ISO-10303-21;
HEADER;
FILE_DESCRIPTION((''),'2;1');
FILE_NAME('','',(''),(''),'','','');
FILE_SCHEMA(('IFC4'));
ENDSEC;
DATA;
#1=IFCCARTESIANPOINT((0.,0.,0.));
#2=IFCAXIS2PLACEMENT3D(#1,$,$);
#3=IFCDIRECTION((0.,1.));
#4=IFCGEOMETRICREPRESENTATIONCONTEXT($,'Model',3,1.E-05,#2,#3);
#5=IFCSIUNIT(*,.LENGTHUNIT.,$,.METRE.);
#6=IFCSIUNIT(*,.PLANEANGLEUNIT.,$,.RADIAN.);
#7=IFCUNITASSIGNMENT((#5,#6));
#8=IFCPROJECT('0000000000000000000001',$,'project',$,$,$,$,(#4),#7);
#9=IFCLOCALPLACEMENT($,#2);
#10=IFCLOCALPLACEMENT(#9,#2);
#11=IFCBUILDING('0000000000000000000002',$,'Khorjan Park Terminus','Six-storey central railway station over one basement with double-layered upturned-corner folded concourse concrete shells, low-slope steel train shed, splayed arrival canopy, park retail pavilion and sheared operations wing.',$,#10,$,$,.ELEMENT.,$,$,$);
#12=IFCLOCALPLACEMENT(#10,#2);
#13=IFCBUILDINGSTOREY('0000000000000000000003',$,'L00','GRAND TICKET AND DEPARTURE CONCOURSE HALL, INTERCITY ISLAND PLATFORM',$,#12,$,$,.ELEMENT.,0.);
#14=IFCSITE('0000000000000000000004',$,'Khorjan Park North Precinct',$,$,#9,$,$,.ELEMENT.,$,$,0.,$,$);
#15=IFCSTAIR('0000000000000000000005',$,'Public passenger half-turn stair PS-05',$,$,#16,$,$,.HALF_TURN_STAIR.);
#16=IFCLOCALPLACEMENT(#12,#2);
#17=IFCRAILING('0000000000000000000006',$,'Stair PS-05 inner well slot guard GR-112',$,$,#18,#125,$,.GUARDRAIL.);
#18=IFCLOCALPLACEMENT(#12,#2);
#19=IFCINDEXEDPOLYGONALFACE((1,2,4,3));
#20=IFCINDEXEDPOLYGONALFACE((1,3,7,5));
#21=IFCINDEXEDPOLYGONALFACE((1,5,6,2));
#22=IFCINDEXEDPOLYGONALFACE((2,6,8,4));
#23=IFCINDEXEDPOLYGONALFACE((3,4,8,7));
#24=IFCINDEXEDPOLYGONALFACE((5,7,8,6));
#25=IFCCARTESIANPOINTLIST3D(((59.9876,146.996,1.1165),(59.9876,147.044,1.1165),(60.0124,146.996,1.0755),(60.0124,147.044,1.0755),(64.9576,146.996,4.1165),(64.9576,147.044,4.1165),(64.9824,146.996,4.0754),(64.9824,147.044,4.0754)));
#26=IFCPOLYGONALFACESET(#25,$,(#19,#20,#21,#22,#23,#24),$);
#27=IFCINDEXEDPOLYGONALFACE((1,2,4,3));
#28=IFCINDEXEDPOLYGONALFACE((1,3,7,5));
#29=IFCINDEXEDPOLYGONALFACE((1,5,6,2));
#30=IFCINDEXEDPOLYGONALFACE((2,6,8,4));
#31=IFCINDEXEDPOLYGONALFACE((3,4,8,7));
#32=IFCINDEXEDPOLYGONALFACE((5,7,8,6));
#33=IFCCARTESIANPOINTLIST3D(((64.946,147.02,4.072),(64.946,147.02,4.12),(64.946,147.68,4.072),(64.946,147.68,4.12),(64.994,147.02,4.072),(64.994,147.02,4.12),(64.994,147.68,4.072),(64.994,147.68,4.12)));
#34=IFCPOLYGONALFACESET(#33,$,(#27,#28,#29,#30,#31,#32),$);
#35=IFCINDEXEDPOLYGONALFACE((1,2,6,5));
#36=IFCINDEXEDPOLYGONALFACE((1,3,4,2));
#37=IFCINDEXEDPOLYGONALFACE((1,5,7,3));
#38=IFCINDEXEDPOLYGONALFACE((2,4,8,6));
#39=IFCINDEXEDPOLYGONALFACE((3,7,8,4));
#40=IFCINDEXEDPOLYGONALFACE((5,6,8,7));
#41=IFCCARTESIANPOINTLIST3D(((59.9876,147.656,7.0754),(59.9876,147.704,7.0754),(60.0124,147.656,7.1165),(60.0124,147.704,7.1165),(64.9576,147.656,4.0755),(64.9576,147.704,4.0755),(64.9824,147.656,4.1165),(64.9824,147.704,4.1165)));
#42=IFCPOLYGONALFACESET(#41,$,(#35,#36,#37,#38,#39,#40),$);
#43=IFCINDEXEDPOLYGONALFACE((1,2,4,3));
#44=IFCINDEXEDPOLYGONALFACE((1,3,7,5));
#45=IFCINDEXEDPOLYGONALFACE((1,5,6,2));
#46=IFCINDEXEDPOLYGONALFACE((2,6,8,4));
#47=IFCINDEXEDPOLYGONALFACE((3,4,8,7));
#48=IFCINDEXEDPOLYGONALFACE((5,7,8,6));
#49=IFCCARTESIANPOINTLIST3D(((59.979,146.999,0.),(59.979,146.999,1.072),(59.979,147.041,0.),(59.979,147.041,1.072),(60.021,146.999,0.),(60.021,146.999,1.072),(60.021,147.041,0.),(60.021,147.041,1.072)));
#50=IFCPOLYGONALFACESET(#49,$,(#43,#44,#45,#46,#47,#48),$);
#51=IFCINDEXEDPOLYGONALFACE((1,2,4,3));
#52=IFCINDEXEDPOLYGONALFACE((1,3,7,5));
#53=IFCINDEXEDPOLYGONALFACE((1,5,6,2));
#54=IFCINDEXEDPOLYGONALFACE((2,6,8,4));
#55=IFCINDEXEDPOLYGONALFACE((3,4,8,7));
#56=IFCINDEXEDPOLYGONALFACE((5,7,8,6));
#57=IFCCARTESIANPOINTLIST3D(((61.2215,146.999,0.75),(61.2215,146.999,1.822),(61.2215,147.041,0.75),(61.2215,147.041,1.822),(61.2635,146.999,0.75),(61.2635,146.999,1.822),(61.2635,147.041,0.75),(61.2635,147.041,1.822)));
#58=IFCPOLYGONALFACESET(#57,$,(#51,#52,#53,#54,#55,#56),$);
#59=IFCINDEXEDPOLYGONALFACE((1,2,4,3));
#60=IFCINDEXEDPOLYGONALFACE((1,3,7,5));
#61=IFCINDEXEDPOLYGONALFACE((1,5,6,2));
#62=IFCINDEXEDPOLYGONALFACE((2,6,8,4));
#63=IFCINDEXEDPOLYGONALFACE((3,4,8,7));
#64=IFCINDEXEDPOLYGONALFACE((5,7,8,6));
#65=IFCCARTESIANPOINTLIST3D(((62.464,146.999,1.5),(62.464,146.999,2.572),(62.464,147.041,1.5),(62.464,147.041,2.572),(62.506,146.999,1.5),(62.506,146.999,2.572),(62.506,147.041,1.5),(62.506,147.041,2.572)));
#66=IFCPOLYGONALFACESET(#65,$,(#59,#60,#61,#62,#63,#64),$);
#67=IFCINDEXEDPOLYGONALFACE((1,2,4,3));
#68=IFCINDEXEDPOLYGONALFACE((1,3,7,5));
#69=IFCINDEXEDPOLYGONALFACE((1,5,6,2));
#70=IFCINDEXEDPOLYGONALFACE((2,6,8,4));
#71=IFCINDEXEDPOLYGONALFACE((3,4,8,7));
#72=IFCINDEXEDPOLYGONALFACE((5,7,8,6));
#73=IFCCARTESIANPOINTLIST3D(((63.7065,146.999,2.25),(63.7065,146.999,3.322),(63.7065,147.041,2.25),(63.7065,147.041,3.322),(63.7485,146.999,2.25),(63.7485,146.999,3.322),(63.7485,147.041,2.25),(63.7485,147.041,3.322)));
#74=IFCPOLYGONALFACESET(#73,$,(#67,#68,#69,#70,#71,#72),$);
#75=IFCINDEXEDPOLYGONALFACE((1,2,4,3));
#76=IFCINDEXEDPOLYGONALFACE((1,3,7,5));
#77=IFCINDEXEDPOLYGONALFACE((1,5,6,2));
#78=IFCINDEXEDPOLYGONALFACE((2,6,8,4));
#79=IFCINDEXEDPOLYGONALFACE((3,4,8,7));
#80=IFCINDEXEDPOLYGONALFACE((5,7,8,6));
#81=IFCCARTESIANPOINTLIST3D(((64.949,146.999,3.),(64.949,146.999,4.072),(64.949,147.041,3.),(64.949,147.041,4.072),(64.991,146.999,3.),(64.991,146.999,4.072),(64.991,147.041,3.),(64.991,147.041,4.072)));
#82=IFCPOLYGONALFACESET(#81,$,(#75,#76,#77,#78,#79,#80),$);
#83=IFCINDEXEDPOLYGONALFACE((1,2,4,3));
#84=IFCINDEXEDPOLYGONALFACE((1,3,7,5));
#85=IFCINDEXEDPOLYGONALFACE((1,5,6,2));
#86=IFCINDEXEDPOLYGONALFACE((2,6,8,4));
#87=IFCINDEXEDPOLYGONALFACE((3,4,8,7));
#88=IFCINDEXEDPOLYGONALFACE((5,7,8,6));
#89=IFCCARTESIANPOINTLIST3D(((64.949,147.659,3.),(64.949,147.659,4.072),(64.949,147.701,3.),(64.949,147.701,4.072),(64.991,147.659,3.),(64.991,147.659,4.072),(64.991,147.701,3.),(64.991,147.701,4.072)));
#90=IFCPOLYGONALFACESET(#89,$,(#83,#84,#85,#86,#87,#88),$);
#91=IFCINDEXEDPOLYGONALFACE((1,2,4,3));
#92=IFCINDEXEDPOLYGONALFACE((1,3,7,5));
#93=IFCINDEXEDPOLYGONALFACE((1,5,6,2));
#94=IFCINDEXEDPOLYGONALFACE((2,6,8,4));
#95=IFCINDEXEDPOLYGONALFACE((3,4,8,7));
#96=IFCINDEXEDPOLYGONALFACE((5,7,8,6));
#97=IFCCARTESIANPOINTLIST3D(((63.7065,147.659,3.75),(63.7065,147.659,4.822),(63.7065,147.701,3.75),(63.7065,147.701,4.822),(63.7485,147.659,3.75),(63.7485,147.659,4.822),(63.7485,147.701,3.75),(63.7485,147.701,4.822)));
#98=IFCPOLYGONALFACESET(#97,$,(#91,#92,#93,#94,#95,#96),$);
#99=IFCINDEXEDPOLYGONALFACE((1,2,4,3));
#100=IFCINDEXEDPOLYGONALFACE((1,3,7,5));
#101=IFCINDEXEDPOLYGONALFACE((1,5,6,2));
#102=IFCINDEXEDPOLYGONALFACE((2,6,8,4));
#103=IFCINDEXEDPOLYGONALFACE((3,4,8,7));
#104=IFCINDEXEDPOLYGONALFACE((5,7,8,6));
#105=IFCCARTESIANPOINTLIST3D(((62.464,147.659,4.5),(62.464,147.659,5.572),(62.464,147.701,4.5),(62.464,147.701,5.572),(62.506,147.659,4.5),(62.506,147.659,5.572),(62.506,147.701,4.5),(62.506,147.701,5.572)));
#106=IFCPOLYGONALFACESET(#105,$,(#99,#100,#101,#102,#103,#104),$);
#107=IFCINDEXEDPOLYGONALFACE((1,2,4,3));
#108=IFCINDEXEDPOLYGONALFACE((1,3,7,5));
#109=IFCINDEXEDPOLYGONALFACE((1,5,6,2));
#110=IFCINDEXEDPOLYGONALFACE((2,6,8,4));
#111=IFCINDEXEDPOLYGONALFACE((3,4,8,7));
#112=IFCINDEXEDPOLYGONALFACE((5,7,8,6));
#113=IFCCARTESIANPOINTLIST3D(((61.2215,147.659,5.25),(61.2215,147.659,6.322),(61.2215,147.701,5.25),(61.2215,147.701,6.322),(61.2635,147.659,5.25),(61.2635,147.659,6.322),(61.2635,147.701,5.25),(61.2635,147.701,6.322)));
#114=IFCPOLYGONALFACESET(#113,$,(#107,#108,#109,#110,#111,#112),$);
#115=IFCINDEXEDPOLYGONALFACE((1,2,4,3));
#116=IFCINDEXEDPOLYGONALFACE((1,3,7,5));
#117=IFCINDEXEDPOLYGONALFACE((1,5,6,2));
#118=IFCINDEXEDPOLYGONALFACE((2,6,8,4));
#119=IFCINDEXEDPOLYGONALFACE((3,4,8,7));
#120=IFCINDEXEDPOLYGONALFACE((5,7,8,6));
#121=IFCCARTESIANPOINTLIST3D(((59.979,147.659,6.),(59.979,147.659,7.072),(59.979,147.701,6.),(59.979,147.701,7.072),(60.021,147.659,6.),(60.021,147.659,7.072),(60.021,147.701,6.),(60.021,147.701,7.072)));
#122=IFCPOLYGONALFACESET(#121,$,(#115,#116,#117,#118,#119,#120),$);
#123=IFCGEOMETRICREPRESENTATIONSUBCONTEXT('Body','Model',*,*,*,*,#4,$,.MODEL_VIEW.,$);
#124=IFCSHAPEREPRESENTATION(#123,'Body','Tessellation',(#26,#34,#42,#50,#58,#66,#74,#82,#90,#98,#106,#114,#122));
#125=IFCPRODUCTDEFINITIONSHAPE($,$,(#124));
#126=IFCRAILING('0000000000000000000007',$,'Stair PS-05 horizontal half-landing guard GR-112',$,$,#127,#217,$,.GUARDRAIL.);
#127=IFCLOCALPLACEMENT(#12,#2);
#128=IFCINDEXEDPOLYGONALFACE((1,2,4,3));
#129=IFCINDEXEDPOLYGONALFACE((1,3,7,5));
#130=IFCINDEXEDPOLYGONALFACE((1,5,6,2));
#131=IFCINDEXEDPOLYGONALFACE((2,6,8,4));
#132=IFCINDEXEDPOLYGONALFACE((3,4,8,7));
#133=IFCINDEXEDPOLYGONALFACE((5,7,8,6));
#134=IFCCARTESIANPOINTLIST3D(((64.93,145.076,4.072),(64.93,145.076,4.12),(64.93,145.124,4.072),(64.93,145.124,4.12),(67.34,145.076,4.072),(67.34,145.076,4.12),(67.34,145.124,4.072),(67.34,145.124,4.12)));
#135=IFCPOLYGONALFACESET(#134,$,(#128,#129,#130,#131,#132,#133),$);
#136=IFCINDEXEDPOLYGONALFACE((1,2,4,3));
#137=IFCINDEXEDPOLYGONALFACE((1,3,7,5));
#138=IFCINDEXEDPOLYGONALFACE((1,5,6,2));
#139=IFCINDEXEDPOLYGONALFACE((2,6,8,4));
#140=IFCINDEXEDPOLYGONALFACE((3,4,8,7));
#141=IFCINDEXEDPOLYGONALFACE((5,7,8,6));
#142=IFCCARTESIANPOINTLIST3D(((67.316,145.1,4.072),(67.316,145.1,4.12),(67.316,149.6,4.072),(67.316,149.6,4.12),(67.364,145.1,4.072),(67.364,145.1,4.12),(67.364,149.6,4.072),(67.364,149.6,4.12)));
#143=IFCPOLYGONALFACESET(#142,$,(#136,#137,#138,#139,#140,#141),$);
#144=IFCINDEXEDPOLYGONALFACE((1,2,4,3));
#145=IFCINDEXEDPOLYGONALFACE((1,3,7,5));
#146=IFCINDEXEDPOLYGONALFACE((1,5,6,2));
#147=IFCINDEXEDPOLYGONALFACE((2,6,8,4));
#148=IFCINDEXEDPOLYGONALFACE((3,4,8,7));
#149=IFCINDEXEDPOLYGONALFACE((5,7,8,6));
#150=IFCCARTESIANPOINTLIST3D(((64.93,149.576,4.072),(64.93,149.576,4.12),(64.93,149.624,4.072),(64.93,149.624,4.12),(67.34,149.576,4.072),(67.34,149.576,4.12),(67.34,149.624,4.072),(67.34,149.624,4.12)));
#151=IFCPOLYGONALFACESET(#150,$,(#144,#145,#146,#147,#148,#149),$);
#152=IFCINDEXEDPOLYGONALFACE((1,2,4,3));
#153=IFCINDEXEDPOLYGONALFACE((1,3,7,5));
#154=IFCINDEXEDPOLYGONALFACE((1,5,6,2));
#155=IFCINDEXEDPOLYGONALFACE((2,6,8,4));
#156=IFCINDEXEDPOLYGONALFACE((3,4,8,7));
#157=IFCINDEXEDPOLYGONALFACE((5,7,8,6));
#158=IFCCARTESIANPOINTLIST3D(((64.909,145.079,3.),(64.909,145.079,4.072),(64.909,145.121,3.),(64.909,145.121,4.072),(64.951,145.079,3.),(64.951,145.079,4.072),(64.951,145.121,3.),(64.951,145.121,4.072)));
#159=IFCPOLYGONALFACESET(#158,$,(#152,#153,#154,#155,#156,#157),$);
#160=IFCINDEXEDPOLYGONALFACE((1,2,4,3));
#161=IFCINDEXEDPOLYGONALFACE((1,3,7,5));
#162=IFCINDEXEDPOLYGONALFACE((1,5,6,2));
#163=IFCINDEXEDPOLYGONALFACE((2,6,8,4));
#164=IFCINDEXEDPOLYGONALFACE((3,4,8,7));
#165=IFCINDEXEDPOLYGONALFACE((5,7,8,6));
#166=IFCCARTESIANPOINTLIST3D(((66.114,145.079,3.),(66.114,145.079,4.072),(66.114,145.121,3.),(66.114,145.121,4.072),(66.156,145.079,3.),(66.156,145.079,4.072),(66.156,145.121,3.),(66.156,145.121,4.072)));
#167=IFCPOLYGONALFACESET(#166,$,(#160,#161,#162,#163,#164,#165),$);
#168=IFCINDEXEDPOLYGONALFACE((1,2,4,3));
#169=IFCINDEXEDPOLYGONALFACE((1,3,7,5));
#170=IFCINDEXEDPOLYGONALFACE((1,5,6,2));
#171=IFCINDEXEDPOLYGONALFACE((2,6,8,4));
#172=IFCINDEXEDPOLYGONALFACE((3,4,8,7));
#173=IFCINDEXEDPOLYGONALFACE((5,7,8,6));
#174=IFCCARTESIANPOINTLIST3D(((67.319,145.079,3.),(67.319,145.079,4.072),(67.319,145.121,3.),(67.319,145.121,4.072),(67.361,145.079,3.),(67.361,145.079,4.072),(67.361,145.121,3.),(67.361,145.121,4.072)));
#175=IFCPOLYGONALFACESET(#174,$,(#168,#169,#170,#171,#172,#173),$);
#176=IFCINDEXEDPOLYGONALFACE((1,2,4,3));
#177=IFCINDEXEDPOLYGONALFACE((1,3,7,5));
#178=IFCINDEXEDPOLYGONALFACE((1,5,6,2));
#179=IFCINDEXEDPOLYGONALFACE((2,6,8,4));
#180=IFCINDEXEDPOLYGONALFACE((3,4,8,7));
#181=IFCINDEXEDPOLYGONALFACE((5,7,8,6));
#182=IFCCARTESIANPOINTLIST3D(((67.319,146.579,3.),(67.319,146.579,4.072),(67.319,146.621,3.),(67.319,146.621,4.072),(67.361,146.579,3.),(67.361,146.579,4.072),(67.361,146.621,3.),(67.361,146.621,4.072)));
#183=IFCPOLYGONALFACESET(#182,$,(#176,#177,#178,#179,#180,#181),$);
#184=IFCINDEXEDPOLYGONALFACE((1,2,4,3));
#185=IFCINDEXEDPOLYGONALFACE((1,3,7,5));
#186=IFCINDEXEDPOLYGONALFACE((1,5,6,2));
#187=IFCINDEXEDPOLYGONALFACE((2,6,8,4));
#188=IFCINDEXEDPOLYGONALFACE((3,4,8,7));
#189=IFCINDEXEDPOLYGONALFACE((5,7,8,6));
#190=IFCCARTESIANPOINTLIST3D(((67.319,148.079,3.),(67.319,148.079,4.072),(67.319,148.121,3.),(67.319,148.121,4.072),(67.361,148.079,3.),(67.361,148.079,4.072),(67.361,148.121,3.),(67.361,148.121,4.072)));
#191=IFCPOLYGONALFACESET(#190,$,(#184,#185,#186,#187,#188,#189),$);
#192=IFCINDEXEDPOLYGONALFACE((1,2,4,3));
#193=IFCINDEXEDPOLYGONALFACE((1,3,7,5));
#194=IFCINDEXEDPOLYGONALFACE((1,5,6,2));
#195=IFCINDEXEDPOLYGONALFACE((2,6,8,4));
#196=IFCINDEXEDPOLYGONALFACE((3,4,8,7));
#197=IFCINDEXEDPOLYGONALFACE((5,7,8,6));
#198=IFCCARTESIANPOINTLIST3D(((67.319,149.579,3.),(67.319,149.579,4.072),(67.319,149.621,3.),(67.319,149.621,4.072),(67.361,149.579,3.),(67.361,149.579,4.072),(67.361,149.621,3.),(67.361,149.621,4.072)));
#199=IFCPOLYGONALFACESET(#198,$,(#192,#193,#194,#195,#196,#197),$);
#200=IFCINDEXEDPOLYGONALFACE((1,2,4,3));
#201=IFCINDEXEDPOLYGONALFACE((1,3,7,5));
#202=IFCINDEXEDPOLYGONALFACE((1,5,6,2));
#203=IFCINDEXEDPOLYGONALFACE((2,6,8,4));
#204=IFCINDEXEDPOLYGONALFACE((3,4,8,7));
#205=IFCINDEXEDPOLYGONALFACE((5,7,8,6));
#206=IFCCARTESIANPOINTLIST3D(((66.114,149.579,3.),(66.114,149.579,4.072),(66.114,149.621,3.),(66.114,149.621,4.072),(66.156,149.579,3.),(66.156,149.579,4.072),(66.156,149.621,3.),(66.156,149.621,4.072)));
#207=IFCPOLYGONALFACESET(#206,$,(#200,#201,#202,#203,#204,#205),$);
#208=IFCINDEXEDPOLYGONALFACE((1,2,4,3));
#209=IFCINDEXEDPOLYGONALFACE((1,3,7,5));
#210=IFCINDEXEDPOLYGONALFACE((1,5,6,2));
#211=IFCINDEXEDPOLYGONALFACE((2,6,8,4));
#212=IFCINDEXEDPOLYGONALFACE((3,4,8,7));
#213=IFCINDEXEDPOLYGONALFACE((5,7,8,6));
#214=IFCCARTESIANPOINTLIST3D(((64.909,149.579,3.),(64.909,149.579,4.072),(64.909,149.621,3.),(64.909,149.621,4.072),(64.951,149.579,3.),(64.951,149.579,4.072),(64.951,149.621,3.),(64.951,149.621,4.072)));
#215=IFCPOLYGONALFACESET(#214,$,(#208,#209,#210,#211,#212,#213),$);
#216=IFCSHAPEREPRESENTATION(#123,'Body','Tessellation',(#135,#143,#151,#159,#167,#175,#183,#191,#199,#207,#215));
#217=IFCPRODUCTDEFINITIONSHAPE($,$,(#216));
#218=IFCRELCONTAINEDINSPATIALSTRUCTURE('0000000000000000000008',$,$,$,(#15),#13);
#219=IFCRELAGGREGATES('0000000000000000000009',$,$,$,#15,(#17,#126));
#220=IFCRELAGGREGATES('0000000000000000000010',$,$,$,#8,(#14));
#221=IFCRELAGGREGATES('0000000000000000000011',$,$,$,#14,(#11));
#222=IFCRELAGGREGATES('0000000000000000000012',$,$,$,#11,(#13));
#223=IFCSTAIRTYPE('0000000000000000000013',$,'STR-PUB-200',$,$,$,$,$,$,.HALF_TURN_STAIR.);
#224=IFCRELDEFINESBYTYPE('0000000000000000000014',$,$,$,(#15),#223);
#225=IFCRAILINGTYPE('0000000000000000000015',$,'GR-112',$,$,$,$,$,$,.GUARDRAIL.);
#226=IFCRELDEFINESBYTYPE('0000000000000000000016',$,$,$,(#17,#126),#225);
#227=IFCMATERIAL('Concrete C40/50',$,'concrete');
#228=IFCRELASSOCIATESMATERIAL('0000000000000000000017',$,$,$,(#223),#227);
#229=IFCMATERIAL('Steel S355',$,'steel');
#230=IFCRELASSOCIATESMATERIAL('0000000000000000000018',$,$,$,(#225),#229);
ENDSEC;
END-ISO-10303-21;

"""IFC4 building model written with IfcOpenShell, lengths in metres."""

from ifc_helpers import new_model, si_unit, direction, frame, origin, origin_2d, place, context, subcontext, project, spatial, rectangle, extrude, material, type_object, element, aggregate, save


model = new_model("IFC4")

# Units and contexts
model_context = context("Model", 3, precision=1e-05, world=origin(), true_north=direction((0.0, 1.0)))
body_context = subcontext(model_context, "Body", "Model", "MODEL_VIEW")
ifc_project = project(units=[si_unit("LENGTHUNIT", "METRE"), si_unit("PLANEANGLEUNIT", "RADIAN")], contexts=[model_context])

# Site, building, storey
site_placement = place(None, origin())
site = spatial("IfcSite", under=ifc_project, at=site_placement, Name="Khorjan Park North Precinct", CompositionType="ELEMENT", RefElevation=0.0)
building_placement = place(site_placement, origin())
building = spatial("IfcBuilding", under=site, at=building_placement, Name="Khorjan Park Terminus", Description="Six-storey central railway station over one basement with double-layered upturned-corner folded concourse concrete shells, low-slope steel train shed, splayed arrival canopy, park retail pavilion and sheared operations wing.", CompositionType="ELEMENT")
storey_placement = place(building_placement, origin())
storey = spatial("IfcBuildingStorey", under=building, at=storey_placement, Name="L00", Description="GRAND TICKET AND DEPARTURE CONCOURSE HALL, INTERCITY ISLAND PLATFORM", CompositionType="ELEMENT", Elevation=0.0)

# Shared definitions
ifc_material_1 = material(Name="Steel S355", Category="steel")

# Stair, railings
ifc_material_2 = material(Name="Concrete C40/50", Category="concrete")
stair_type = type_object("IfcStairType", Name="STR-PUB-200", PredefinedType="HALF_TURN_STAIR", material=ifc_material_2)
stair_placement = place(storey_placement, origin())
stair = element("IfcStair", 1, at=stair_placement, inside=storey, type_object=stair_type, Name="Public passenger half-turn stair PS-05", PredefinedType="HALF_TURN_STAIR")
railing_type_1 = type_object("IfcRailingType", Name="GR-112", PredefinedType="GUARDRAIL", material=ifc_material_1)
railing_1_placement = place(storey_placement, frame((60.0, 147.02, 0.0)))
railing_1 = element("IfcRailing", 2, at=railing_1_placement, type_object=railing_type_1, Name="Stair PS-05 inner well slot guard GR-112", PredefinedType="GUARDRAIL", context=body_context, shape_type="SweptSolid", body=[
    extrude(rectangle(XDim=0.048, YDim=0.048, at=origin_2d()), frame((0.0, 0.0, 1.096), z_axis=(0.856122, 0.0, 0.516774), x_axis=(0.0, 1.0, 0.0)), (0.0, 0.0, 1.0), 5.8052),
    extrude(rectangle(XDim=0.048, YDim=0.048, at=origin_2d()), frame((4.97, 0.0, 4.096), z_axis=(0.0, 1.0, 0.0), x_axis=(-1.0, 0.0, 0.0)), (0.0, 0.0, 1.0), 0.66),
    extrude(rectangle(XDim=0.048, YDim=0.048, at=origin_2d()), frame((4.97, 0.66, 4.096), z_axis=(-0.856122, 0.0, 0.516774), x_axis=(0.0, -1.0, 0.0)), (0.0, 0.0, 1.0), 5.8052),
    extrude(rectangle(XDim=0.042, YDim=0.042, at=origin_2d()), origin(), (0.0, 0.0, 1.0), 1.072),
    extrude(rectangle(XDim=0.042, YDim=0.042, at=origin_2d()), frame((1.2425, 0.0, 0.75)), (0.0, 0.0, 1.0), 1.072),
    extrude(rectangle(XDim=0.042, YDim=0.042, at=origin_2d()), frame((2.485, 0.0, 1.5)), (0.0, 0.0, 1.0), 1.072),
    extrude(rectangle(XDim=0.042, YDim=0.042, at=origin_2d()), frame((3.7275, 0.0, 2.25)), (0.0, 0.0, 1.0), 1.072),
    extrude(rectangle(XDim=0.042, YDim=0.042, at=origin_2d()), frame((4.97, 0.0, 3.0)), (0.0, 0.0, 1.0), 1.072),
    extrude(rectangle(XDim=0.042, YDim=0.042, at=origin_2d()), frame((4.97, 0.66, 3.0)), (0.0, 0.0, 1.0), 1.072),
    extrude(rectangle(XDim=0.042, YDim=0.042, at=origin_2d()), frame((3.7275, 0.66, 3.75)), (0.0, 0.0, 1.0), 1.072),
    extrude(rectangle(XDim=0.042, YDim=0.042, at=origin_2d()), frame((2.485, 0.66, 4.5)), (0.0, 0.0, 1.0), 1.072),
    extrude(rectangle(XDim=0.042, YDim=0.042, at=origin_2d()), frame((1.2425, 0.66, 5.25)), (0.0, 0.0, 1.0), 1.072),
    extrude(rectangle(XDim=0.042, YDim=0.042, at=origin_2d()), frame((0.0, 0.66, 6.0)), (0.0, 0.0, 1.0), 1.072),
])
railing_2_placement = place(storey_placement, frame((64.93, 145.1, 3.0)))
railing_2 = element("IfcRailing", 3, at=railing_2_placement, type_object=railing_type_1, Name="Stair PS-05 horizontal half-landing guard GR-112", PredefinedType="GUARDRAIL", context=body_context, shape_type="SweptSolid", body=[
    extrude(rectangle(XDim=0.048, YDim=0.048, at=origin_2d()), frame((0.0, 0.0, 1.096), z_axis=(1.0, 0.0, 0.0), x_axis=(0.0, 1.0, 0.0)), (0.0, 0.0, 1.0), 2.41),
    extrude(rectangle(XDim=0.048, YDim=0.048, at=origin_2d()), frame((2.41, 0.0, 1.096), z_axis=(0.0, 1.0, 0.0), x_axis=(-1.0, 0.0, 0.0)), (0.0, 0.0, 1.0), 4.5),
    extrude(rectangle(XDim=0.048, YDim=0.048, at=origin_2d()), frame((2.41, 4.5, 1.096), z_axis=(-1.0, 0.0, 0.0), x_axis=(0.0, -1.0, 0.0)), (0.0, 0.0, 1.0), 2.41),
    extrude(rectangle(XDim=0.042, YDim=0.042, at=origin_2d()), origin(), (0.0, 0.0, 1.0), 1.072),
    extrude(rectangle(XDim=0.042, YDim=0.042, at=origin_2d()), frame((1.205, 0.0, 0.0)), (0.0, 0.0, 1.0), 1.072),
    extrude(rectangle(XDim=0.042, YDim=0.042, at=origin_2d()), frame((2.41, 0.0, 0.0)), (0.0, 0.0, 1.0), 1.072),
    extrude(rectangle(XDim=0.042, YDim=0.042, at=origin_2d()), frame((2.41, 1.5, 0.0)), (0.0, 0.0, 1.0), 1.072),
    extrude(rectangle(XDim=0.042, YDim=0.042, at=origin_2d()), frame((2.41, 3.0, 0.0)), (0.0, 0.0, 1.0), 1.072),
    extrude(rectangle(XDim=0.042, YDim=0.042, at=origin_2d()), frame((2.41, 4.5, 0.0)), (0.0, 0.0, 1.0), 1.072),
    extrude(rectangle(XDim=0.042, YDim=0.042, at=origin_2d()), frame((1.205, 4.5, 0.0)), (0.0, 0.0, 1.0), 1.072),
    extrude(rectangle(XDim=0.042, YDim=0.042, at=origin_2d()), frame((0.0, 4.5, 0.0)), (0.0, 0.0, 1.0), 1.072),
])
aggregate(stair, [railing_1, railing_2])

save(model, "model.ifc")
